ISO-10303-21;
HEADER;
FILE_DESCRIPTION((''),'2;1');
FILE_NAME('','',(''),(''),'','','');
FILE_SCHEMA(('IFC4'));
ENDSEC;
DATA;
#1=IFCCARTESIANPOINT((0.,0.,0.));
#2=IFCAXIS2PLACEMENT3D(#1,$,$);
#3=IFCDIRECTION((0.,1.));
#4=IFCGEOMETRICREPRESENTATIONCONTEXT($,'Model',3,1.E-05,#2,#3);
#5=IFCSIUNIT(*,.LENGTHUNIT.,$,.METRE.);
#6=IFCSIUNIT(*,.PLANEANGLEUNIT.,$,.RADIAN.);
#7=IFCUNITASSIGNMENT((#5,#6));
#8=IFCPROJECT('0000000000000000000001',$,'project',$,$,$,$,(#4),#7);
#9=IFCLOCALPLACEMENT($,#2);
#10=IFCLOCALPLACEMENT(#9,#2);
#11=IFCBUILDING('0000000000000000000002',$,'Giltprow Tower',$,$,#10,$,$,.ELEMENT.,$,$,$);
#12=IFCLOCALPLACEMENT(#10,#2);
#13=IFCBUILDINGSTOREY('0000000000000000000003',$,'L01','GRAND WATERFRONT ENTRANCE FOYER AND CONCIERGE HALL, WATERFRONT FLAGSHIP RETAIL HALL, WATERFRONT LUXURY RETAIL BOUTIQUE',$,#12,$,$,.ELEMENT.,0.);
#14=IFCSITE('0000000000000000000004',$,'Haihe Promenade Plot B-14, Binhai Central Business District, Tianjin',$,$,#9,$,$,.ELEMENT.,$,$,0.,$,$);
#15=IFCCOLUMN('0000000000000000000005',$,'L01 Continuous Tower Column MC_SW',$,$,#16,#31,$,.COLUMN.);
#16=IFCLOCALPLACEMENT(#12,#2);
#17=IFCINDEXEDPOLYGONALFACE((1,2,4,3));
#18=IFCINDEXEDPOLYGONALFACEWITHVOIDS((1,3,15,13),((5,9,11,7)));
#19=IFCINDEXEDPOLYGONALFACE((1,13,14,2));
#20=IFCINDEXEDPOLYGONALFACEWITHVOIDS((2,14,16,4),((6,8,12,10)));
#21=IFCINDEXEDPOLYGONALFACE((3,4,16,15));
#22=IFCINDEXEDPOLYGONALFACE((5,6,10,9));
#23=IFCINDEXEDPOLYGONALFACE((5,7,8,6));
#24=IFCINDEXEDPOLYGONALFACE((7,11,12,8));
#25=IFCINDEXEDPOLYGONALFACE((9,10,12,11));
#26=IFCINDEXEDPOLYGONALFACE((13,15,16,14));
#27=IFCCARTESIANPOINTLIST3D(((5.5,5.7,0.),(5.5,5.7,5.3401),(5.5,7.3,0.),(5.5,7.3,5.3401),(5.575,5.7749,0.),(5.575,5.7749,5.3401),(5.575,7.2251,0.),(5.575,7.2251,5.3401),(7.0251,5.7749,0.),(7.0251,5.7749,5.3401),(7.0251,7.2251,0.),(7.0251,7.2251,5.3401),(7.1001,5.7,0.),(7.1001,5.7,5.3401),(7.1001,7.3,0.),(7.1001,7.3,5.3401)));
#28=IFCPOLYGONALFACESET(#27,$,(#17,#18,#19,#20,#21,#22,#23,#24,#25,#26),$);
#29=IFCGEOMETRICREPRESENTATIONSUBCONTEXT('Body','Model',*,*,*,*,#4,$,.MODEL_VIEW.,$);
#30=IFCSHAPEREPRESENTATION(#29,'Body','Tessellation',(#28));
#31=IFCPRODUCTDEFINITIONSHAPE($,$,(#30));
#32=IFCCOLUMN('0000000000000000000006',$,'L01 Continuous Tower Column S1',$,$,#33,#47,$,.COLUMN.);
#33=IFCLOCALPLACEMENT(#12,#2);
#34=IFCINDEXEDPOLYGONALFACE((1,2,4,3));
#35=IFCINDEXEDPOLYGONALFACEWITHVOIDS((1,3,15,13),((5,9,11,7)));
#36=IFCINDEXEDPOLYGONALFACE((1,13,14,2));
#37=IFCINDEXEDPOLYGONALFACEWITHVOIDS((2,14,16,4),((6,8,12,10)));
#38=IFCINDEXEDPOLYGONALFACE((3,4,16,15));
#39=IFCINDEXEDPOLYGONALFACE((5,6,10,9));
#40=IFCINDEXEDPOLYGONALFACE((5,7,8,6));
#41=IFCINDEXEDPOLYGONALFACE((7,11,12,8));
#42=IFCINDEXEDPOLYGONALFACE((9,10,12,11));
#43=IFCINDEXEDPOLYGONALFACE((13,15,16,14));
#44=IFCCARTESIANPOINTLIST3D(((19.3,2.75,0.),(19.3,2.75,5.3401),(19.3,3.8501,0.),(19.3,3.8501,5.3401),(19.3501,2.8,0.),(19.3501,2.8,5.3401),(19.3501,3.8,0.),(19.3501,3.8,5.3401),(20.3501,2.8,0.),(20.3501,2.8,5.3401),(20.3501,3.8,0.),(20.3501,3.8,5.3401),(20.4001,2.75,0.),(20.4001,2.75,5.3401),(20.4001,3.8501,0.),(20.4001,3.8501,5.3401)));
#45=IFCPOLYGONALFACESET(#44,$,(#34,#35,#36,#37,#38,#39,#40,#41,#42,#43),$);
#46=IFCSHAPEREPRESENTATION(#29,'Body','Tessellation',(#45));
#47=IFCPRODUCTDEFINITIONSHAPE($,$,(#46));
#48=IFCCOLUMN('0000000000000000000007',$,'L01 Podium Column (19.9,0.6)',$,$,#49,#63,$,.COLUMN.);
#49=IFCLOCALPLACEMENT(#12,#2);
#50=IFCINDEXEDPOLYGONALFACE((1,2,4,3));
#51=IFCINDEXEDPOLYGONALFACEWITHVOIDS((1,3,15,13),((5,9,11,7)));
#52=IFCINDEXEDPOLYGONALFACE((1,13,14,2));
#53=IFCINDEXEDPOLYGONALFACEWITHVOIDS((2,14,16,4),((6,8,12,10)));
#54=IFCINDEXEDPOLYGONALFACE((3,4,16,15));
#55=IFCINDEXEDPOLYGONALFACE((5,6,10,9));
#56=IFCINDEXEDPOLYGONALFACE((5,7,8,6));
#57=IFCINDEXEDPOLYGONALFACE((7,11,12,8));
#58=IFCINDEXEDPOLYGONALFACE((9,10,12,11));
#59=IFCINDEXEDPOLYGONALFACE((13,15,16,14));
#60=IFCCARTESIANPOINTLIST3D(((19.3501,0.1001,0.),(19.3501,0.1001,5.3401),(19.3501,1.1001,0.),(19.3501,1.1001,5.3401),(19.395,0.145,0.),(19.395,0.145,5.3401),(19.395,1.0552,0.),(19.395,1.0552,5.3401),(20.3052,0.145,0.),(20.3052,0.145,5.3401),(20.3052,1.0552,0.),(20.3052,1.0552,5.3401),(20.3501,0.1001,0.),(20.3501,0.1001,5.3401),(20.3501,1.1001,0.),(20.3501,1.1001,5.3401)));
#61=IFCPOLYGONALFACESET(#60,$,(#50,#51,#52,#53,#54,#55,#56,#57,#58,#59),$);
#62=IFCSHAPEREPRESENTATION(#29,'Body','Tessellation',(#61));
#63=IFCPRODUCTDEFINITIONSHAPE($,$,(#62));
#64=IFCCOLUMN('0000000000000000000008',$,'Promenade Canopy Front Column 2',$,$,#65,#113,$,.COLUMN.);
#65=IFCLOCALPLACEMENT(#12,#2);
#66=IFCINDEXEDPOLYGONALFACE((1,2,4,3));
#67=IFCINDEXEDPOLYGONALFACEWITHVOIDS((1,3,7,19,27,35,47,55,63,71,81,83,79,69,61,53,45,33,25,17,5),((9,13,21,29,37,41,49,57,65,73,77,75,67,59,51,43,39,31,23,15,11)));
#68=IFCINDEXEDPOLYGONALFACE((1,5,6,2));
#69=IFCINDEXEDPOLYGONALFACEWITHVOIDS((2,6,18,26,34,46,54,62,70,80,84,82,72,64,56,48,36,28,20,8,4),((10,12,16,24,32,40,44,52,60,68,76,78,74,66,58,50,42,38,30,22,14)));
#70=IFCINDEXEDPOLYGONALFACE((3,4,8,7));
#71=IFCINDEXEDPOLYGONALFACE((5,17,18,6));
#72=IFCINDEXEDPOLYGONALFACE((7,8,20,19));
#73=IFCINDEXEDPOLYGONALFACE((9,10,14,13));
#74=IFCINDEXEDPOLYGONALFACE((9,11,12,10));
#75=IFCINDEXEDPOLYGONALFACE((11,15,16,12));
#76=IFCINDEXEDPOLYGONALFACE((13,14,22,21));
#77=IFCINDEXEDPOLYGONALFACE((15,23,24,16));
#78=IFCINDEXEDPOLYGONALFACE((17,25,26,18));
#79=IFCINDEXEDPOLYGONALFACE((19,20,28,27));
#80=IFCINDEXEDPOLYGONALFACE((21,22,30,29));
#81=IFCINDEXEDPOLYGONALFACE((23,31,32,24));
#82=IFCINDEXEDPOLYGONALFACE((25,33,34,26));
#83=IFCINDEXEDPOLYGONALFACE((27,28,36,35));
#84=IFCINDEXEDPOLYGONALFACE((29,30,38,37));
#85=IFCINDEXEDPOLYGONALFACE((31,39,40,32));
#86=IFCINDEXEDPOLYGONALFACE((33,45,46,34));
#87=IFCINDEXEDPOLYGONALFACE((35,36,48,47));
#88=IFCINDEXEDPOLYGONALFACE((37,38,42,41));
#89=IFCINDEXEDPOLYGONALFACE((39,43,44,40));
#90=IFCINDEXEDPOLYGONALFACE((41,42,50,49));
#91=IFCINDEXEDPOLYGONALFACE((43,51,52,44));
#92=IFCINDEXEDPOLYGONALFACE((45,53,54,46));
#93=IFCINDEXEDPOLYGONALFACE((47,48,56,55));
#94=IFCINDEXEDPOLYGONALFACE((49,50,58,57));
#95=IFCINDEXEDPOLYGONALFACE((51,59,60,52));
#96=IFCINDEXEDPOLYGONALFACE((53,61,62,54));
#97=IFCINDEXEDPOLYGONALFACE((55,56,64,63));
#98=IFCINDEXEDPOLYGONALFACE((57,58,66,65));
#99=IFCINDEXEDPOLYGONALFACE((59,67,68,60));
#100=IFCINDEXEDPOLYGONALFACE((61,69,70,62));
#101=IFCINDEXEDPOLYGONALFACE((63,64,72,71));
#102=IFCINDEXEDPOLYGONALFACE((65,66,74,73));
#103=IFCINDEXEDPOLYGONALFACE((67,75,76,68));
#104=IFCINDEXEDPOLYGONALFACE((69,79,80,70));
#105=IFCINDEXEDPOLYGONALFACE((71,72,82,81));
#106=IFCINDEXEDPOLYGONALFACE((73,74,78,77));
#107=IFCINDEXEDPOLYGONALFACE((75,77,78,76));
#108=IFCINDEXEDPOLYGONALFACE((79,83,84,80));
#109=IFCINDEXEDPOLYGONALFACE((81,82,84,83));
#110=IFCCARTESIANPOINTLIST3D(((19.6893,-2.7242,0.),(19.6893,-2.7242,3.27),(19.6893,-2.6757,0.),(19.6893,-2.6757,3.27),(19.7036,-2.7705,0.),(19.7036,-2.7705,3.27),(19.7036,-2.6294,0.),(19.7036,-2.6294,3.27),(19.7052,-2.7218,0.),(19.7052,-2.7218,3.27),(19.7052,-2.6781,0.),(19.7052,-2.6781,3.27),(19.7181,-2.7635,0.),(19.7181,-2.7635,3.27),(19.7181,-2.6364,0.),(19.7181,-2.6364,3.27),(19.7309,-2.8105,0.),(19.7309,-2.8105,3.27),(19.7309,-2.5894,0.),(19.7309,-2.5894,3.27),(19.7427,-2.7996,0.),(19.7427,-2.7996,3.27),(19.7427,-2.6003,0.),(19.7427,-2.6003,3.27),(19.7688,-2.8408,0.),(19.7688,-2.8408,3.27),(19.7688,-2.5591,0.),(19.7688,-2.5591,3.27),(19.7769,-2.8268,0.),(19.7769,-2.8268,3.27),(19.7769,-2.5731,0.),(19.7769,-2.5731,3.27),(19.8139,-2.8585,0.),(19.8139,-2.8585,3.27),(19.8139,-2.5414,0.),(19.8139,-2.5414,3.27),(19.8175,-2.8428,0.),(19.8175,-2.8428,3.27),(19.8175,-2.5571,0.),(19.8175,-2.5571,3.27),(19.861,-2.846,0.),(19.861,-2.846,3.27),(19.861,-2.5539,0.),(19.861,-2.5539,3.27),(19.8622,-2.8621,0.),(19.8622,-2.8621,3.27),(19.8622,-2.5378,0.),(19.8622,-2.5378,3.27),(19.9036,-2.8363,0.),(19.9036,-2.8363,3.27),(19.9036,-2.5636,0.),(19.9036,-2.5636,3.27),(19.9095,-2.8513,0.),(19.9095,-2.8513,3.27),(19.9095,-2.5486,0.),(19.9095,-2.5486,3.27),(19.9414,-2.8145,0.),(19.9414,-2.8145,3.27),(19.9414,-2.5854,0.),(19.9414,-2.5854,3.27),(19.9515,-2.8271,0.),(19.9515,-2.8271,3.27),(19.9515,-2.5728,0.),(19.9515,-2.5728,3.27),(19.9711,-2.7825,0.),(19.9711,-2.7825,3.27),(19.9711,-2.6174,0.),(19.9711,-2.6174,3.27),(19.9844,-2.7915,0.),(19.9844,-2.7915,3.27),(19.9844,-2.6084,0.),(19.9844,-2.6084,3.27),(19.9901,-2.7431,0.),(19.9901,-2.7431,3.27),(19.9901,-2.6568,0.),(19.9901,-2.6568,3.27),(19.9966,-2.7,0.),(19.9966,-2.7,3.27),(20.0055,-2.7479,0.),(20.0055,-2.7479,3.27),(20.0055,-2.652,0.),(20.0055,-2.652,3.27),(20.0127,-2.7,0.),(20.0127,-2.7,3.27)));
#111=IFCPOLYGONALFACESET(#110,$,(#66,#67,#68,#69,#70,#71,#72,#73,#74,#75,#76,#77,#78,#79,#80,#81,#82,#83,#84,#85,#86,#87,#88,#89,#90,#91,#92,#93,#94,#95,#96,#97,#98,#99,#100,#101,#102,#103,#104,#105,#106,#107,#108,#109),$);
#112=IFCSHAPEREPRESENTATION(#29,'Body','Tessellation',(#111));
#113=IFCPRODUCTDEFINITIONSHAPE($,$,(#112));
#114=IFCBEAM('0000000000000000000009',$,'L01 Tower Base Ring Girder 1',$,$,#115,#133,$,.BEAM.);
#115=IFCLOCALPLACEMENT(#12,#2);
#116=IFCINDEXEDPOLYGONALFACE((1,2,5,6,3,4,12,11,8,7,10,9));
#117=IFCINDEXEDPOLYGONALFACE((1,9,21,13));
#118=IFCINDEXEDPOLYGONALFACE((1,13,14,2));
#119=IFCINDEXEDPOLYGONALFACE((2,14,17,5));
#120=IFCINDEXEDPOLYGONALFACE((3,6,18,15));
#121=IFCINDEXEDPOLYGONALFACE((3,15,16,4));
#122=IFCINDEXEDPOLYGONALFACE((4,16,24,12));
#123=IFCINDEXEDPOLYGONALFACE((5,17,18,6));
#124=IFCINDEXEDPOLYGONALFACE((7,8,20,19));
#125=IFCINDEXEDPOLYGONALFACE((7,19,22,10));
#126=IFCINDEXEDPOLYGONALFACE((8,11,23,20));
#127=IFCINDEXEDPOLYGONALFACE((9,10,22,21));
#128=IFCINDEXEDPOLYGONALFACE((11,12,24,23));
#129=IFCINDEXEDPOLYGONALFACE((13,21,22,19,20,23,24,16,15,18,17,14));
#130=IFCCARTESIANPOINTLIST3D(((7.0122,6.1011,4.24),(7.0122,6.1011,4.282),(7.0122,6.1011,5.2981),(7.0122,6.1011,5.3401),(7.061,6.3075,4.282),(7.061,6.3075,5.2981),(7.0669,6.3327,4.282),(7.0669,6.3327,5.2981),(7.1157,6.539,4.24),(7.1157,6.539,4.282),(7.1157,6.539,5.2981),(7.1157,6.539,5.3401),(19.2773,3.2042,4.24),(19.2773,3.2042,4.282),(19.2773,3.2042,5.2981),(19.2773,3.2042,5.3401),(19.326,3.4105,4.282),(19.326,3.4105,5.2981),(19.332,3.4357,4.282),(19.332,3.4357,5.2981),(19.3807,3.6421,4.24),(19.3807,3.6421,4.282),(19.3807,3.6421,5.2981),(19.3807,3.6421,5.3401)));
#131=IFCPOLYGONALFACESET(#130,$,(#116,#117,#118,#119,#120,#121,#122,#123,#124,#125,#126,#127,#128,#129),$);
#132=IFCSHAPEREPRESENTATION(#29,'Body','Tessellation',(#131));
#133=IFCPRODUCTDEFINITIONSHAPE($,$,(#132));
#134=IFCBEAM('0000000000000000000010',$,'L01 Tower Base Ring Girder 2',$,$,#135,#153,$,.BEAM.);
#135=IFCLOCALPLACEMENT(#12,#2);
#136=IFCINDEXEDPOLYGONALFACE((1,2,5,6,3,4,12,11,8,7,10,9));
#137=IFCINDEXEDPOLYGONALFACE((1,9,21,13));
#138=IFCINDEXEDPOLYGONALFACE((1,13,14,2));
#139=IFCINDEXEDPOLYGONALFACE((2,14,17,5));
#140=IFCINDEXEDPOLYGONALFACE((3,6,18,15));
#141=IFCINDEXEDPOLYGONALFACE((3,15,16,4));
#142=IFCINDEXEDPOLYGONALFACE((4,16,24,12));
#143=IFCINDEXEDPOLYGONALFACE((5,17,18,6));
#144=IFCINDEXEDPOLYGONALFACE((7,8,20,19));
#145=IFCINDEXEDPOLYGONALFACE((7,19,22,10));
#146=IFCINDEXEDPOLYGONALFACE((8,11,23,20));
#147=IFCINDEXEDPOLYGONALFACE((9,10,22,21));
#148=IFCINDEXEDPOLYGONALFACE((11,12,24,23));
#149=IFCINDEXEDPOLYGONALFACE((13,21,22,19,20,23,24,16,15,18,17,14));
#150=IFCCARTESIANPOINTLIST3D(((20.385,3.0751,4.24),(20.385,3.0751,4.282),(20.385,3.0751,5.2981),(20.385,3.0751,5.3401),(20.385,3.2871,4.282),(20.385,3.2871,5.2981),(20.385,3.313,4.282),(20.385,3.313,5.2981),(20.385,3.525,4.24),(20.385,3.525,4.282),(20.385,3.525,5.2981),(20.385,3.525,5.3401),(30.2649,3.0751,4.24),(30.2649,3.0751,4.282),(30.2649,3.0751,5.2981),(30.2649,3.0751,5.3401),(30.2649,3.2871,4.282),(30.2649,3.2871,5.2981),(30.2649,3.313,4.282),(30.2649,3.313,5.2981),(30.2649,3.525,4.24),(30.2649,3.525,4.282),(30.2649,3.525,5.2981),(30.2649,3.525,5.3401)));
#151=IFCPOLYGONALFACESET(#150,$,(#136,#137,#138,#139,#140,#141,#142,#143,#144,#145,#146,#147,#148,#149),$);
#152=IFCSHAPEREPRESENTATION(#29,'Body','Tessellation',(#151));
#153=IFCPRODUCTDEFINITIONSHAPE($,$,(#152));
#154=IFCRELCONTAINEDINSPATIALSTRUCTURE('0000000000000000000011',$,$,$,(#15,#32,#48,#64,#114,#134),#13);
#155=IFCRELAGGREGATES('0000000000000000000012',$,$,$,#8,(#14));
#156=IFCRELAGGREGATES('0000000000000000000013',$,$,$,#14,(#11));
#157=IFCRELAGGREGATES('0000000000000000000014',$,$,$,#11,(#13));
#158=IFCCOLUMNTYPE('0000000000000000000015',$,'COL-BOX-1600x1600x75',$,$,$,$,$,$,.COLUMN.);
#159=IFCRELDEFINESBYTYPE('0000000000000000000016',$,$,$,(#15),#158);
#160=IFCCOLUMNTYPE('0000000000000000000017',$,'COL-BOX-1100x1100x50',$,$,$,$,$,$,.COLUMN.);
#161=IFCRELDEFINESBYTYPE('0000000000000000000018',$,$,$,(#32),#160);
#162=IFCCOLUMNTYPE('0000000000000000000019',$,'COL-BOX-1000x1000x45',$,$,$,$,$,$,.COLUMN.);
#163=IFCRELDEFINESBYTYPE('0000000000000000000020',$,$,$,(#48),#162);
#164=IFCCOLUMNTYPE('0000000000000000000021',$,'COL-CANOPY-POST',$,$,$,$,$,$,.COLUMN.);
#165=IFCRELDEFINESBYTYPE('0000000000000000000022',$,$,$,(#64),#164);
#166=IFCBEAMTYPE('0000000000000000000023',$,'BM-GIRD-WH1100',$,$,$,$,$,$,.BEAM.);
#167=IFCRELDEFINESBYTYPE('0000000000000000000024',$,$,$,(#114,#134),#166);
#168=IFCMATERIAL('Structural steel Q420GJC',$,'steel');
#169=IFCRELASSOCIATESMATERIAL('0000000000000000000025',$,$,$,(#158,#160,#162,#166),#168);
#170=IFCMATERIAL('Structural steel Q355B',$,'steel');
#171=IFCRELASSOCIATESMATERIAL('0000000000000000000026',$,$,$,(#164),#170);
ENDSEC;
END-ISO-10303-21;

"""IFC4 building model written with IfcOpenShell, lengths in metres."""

from ifc_helpers import new_model, si_unit, direction, frame, origin, origin_2d, place, context, subcontext, project, spatial, hollow_rectangle, hollow_circle, i_section, extrude, source, transform, mapped, material, material_profile, profile_set, type_object, element, save


model = new_model("IFC4")

# Units and contexts
model_context = context("Model", 3, precision=1e-05, world=origin(), true_north=direction((0.0, 1.0)))
body_context = subcontext(model_context, "Body", "Model", "MODEL_VIEW")
ifc_project = project(units=[si_unit("LENGTHUNIT", "METRE"), si_unit("PLANEANGLEUNIT", "RADIAN")], contexts=[model_context])

# Site, building, storey
site_placement = place(None, origin())
site = spatial("IfcSite", under=ifc_project, at=site_placement, Name="Haihe Promenade Plot B-14, Binhai Central Business District, Tianjin", CompositionType="ELEMENT", RefElevation=0.0)
building_placement = place(site_placement, origin())
building = spatial("IfcBuilding", under=site, at=building_placement, Name="Giltprow Tower", CompositionType="ELEMENT")
storey_placement = place(building_placement, origin())
storey = spatial("IfcBuildingStorey", under=building, at=storey_placement, Name="L01", Description="GRAND WATERFRONT ENTRANCE FOYER AND CONCIERGE HALL, WATERFRONT FLAGSHIP RETAIL HALL, WATERFRONT LUXURY RETAIL BOUTIQUE", CompositionType="ELEMENT", Elevation=0.0)

# Columns
ifc_material_1 = material(Name="Structural steel Q420GJC", Category="steel")
ifc_material_profile_1 = material_profile(ifc_material_1, hollow_rectangle(XDim=1.6001, YDim=1.6001, WallThickness=0.075, at=origin_2d()), Name="BOX 1600x1600x75")
ifc_profile_set_1 = profile_set([ifc_material_profile_1], Name="Structural steel Q420GJC")
column_type_1 = type_object("IfcColumnType", Name="COL-BOX-1600x1600x75", PredefinedType="COLUMN", material=ifc_profile_set_1)
shared_shape_1 = source(origin(), body_context, "Body", "SweptSolid", [
    extrude(hollow_rectangle(XDim=1.6001, YDim=1.6001, WallThickness=0.075, at=origin_2d()), origin(), (0.0, 0.0, 1.0), 5.3401),
])
column_1_placement = place(storey_placement, frame((6.3, 6.5, 0.0), z_axis=(0.0, 0.0, 1.0), x_axis=(1.0, 0.0, 0.0)))
element("IfcColumn", 1, at=column_1_placement, inside=storey, type_object=column_type_1, Name="L01 Continuous Tower Column MC_SW", PredefinedType="COLUMN", context=body_context, shape_type="MappedRepresentation", body=[
    mapped(shared_shape_1, transform((0.0, 0.0, 0.0), x_axis=(1.0, 0.0, 0.0), y_axis=(0.0, 1.0, 0.0), z_axis=(0.0, 0.0, 1.0), scale=1.0)),
])
ifc_material_profile_2 = material_profile(ifc_material_1, hollow_rectangle(XDim=1.1001, YDim=1.1001, WallThickness=0.05, at=origin_2d()), Name="BOX 1100x1100x50")
ifc_profile_set_2 = profile_set([ifc_material_profile_2], Name="Structural steel Q420GJC")
column_type_2 = type_object("IfcColumnType", Name="COL-BOX-1100x1100x50", PredefinedType="COLUMN", material=ifc_profile_set_2)
shared_shape_2 = source(origin(), body_context, "Body", "SweptSolid", [
    extrude(hollow_rectangle(XDim=1.1001, YDim=1.1001, WallThickness=0.05, at=origin_2d()), origin(), (0.0, 0.0, 1.0), 5.3401),
])
column_2_placement = place(storey_placement, frame((19.8501, 3.3, 0.0), z_axis=(0.0, 0.0, 1.0), x_axis=(1.0, 0.0, 0.0)))
element("IfcColumn", 2, at=column_2_placement, inside=storey, type_object=column_type_2, Name="L01 Continuous Tower Column S1", PredefinedType="COLUMN", context=body_context, shape_type="MappedRepresentation", body=[
    mapped(shared_shape_2, transform((0.0, 0.0, 0.0), x_axis=(1.0, 0.0, 0.0), y_axis=(0.0, 1.0, 0.0), z_axis=(0.0, 0.0, 1.0), scale=1.0)),
])
ifc_material_profile_3 = material_profile(ifc_material_1, hollow_rectangle(XDim=1.0, YDim=1.0, WallThickness=0.0449, at=origin_2d()), Name="BOX 1000x1000x45")
ifc_profile_set_3 = profile_set([ifc_material_profile_3], Name="Structural steel Q420GJC")
column_type_3 = type_object("IfcColumnType", Name="COL-BOX-1000x1000x45", PredefinedType="COLUMN", material=ifc_profile_set_3)
shared_shape_3 = source(origin(), body_context, "Body", "SweptSolid", [
    extrude(hollow_rectangle(XDim=1.0, YDim=1.0, WallThickness=0.0449, at=origin_2d()), origin(), (0.0, 0.0, 1.0), 5.3401),
])
column_3_placement = place(storey_placement, frame((19.8501, 0.6001, 0.0), z_axis=(0.0, 0.0, 1.0), x_axis=(1.0, 0.0, 0.0)))
element("IfcColumn", 3, at=column_3_placement, inside=storey, type_object=column_type_3, Name="L01 Podium Column (19.9,0.6)", PredefinedType="COLUMN", context=body_context, shape_type="MappedRepresentation", body=[
    mapped(shared_shape_3, transform((0.0, 0.0, 0.0), x_axis=(1.0, 0.0, 0.0), y_axis=(0.0, 1.0, 0.0), z_axis=(0.0, 0.0, 1.0), scale=1.0)),
])
ifc_material_2 = material(Name="Structural steel Q355B", Category="steel")
ifc_material_profile_4 = material_profile(ifc_material_2, hollow_circle(Radius=0.1626, WallThickness=0.0161, at=origin_2d()), Name="CHS 325x16")
ifc_profile_set_4 = profile_set([ifc_material_profile_4], Name="Structural steel Q355B")
column_type_4 = type_object("IfcColumnType", Name="COL-CANOPY-POST", PredefinedType="COLUMN", material=ifc_profile_set_4)
shared_shape_4 = source(origin(), body_context, "Body", "SweptSolid", [
    extrude(hollow_circle(Radius=0.1626, WallThickness=0.0161, at=origin_2d()), origin(), (0.0, 0.0, 1.0), 3.27),
])
column_4_placement = place(storey_placement, frame((19.8501, -2.7, 0.0), z_axis=(0.0, 0.0, 1.0), x_axis=(1.0, 0.0, 0.0)))
element("IfcColumn", 4, at=column_4_placement, inside=storey, type_object=column_type_4, Name="Promenade Canopy Front Column 2", PredefinedType="COLUMN", context=body_context, shape_type="MappedRepresentation", body=[
    mapped(shared_shape_4, transform((0.0, 0.0, 0.0), x_axis=(1.0, 0.0, 0.0), y_axis=(0.0, 1.0, 0.0), z_axis=(0.0, 0.0, 1.0), scale=1.0)),
])

# Beams
ifc_material_profile_5 = material_profile(ifc_material_1, i_section(OverallWidth=0.45, OverallDepth=1.1001, WebThickness=0.0259, FlangeThickness=0.042, at=origin_2d()), Name="WH 1100x450x26x42")
ifc_profile_set_5 = profile_set([ifc_material_profile_5], Name="Structural steel Q420GJC")
beam_type_1 = type_object("IfcBeamType", Name="BM-GIRD-WH1100", PredefinedType="BEAM", material=ifc_profile_set_5)
shared_shape_5 = source(origin(), body_context, "Body", "SweptSolid", [
    extrude(i_section(OverallWidth=0.45, OverallDepth=1.1001, WebThickness=0.0259, FlangeThickness=0.042, at=origin_2d()), origin(), (0.0, 0.0, 1.0), 12.6025),
])
beam_1_placement = place(storey_placement, frame((7.064, 6.3201, 4.79), z_axis=(0.973221, -0.229871, 0.0), x_axis=(0.229871, 0.973221, 0.0)))
element("IfcBeam", 5, at=beam_1_placement, inside=storey, type_object=beam_type_1, Name="L01 Tower Base Ring Girder 1", PredefinedType="BEAM", context=body_context, shape_type="MappedRepresentation", body=[
    mapped(shared_shape_5, transform((0.0, 0.0, 0.0), x_axis=(1.0, 0.0, 0.0), y_axis=(0.0, 1.0, 0.0), z_axis=(0.0, 0.0, 1.0), scale=1.0)),
])
shared_shape_6 = source(origin(), body_context, "Body", "SweptSolid", [
    extrude(i_section(OverallWidth=0.45, OverallDepth=1.1001, WebThickness=0.0259, FlangeThickness=0.042, at=origin_2d()), origin(), (0.0, 0.0, 1.0), 9.8799),
])
beam_2_placement = place(storey_placement, frame((20.385, 3.3, 4.79), z_axis=(1.0, 0.0, 0.0), x_axis=(0.0, 1.0, 0.0)))
element("IfcBeam", 6, at=beam_2_placement, inside=storey, type_object=beam_type_1, Name="L01 Tower Base Ring Girder 2", PredefinedType="BEAM", context=body_context, shape_type="MappedRepresentation", body=[
    mapped(shared_shape_6, transform((0.0, 0.0, 0.0), x_axis=(1.0, 0.0, 0.0), y_axis=(0.0, 1.0, 0.0), z_axis=(0.0, 0.0, 1.0), scale=1.0)),
])

save(model, "model.ifc")
